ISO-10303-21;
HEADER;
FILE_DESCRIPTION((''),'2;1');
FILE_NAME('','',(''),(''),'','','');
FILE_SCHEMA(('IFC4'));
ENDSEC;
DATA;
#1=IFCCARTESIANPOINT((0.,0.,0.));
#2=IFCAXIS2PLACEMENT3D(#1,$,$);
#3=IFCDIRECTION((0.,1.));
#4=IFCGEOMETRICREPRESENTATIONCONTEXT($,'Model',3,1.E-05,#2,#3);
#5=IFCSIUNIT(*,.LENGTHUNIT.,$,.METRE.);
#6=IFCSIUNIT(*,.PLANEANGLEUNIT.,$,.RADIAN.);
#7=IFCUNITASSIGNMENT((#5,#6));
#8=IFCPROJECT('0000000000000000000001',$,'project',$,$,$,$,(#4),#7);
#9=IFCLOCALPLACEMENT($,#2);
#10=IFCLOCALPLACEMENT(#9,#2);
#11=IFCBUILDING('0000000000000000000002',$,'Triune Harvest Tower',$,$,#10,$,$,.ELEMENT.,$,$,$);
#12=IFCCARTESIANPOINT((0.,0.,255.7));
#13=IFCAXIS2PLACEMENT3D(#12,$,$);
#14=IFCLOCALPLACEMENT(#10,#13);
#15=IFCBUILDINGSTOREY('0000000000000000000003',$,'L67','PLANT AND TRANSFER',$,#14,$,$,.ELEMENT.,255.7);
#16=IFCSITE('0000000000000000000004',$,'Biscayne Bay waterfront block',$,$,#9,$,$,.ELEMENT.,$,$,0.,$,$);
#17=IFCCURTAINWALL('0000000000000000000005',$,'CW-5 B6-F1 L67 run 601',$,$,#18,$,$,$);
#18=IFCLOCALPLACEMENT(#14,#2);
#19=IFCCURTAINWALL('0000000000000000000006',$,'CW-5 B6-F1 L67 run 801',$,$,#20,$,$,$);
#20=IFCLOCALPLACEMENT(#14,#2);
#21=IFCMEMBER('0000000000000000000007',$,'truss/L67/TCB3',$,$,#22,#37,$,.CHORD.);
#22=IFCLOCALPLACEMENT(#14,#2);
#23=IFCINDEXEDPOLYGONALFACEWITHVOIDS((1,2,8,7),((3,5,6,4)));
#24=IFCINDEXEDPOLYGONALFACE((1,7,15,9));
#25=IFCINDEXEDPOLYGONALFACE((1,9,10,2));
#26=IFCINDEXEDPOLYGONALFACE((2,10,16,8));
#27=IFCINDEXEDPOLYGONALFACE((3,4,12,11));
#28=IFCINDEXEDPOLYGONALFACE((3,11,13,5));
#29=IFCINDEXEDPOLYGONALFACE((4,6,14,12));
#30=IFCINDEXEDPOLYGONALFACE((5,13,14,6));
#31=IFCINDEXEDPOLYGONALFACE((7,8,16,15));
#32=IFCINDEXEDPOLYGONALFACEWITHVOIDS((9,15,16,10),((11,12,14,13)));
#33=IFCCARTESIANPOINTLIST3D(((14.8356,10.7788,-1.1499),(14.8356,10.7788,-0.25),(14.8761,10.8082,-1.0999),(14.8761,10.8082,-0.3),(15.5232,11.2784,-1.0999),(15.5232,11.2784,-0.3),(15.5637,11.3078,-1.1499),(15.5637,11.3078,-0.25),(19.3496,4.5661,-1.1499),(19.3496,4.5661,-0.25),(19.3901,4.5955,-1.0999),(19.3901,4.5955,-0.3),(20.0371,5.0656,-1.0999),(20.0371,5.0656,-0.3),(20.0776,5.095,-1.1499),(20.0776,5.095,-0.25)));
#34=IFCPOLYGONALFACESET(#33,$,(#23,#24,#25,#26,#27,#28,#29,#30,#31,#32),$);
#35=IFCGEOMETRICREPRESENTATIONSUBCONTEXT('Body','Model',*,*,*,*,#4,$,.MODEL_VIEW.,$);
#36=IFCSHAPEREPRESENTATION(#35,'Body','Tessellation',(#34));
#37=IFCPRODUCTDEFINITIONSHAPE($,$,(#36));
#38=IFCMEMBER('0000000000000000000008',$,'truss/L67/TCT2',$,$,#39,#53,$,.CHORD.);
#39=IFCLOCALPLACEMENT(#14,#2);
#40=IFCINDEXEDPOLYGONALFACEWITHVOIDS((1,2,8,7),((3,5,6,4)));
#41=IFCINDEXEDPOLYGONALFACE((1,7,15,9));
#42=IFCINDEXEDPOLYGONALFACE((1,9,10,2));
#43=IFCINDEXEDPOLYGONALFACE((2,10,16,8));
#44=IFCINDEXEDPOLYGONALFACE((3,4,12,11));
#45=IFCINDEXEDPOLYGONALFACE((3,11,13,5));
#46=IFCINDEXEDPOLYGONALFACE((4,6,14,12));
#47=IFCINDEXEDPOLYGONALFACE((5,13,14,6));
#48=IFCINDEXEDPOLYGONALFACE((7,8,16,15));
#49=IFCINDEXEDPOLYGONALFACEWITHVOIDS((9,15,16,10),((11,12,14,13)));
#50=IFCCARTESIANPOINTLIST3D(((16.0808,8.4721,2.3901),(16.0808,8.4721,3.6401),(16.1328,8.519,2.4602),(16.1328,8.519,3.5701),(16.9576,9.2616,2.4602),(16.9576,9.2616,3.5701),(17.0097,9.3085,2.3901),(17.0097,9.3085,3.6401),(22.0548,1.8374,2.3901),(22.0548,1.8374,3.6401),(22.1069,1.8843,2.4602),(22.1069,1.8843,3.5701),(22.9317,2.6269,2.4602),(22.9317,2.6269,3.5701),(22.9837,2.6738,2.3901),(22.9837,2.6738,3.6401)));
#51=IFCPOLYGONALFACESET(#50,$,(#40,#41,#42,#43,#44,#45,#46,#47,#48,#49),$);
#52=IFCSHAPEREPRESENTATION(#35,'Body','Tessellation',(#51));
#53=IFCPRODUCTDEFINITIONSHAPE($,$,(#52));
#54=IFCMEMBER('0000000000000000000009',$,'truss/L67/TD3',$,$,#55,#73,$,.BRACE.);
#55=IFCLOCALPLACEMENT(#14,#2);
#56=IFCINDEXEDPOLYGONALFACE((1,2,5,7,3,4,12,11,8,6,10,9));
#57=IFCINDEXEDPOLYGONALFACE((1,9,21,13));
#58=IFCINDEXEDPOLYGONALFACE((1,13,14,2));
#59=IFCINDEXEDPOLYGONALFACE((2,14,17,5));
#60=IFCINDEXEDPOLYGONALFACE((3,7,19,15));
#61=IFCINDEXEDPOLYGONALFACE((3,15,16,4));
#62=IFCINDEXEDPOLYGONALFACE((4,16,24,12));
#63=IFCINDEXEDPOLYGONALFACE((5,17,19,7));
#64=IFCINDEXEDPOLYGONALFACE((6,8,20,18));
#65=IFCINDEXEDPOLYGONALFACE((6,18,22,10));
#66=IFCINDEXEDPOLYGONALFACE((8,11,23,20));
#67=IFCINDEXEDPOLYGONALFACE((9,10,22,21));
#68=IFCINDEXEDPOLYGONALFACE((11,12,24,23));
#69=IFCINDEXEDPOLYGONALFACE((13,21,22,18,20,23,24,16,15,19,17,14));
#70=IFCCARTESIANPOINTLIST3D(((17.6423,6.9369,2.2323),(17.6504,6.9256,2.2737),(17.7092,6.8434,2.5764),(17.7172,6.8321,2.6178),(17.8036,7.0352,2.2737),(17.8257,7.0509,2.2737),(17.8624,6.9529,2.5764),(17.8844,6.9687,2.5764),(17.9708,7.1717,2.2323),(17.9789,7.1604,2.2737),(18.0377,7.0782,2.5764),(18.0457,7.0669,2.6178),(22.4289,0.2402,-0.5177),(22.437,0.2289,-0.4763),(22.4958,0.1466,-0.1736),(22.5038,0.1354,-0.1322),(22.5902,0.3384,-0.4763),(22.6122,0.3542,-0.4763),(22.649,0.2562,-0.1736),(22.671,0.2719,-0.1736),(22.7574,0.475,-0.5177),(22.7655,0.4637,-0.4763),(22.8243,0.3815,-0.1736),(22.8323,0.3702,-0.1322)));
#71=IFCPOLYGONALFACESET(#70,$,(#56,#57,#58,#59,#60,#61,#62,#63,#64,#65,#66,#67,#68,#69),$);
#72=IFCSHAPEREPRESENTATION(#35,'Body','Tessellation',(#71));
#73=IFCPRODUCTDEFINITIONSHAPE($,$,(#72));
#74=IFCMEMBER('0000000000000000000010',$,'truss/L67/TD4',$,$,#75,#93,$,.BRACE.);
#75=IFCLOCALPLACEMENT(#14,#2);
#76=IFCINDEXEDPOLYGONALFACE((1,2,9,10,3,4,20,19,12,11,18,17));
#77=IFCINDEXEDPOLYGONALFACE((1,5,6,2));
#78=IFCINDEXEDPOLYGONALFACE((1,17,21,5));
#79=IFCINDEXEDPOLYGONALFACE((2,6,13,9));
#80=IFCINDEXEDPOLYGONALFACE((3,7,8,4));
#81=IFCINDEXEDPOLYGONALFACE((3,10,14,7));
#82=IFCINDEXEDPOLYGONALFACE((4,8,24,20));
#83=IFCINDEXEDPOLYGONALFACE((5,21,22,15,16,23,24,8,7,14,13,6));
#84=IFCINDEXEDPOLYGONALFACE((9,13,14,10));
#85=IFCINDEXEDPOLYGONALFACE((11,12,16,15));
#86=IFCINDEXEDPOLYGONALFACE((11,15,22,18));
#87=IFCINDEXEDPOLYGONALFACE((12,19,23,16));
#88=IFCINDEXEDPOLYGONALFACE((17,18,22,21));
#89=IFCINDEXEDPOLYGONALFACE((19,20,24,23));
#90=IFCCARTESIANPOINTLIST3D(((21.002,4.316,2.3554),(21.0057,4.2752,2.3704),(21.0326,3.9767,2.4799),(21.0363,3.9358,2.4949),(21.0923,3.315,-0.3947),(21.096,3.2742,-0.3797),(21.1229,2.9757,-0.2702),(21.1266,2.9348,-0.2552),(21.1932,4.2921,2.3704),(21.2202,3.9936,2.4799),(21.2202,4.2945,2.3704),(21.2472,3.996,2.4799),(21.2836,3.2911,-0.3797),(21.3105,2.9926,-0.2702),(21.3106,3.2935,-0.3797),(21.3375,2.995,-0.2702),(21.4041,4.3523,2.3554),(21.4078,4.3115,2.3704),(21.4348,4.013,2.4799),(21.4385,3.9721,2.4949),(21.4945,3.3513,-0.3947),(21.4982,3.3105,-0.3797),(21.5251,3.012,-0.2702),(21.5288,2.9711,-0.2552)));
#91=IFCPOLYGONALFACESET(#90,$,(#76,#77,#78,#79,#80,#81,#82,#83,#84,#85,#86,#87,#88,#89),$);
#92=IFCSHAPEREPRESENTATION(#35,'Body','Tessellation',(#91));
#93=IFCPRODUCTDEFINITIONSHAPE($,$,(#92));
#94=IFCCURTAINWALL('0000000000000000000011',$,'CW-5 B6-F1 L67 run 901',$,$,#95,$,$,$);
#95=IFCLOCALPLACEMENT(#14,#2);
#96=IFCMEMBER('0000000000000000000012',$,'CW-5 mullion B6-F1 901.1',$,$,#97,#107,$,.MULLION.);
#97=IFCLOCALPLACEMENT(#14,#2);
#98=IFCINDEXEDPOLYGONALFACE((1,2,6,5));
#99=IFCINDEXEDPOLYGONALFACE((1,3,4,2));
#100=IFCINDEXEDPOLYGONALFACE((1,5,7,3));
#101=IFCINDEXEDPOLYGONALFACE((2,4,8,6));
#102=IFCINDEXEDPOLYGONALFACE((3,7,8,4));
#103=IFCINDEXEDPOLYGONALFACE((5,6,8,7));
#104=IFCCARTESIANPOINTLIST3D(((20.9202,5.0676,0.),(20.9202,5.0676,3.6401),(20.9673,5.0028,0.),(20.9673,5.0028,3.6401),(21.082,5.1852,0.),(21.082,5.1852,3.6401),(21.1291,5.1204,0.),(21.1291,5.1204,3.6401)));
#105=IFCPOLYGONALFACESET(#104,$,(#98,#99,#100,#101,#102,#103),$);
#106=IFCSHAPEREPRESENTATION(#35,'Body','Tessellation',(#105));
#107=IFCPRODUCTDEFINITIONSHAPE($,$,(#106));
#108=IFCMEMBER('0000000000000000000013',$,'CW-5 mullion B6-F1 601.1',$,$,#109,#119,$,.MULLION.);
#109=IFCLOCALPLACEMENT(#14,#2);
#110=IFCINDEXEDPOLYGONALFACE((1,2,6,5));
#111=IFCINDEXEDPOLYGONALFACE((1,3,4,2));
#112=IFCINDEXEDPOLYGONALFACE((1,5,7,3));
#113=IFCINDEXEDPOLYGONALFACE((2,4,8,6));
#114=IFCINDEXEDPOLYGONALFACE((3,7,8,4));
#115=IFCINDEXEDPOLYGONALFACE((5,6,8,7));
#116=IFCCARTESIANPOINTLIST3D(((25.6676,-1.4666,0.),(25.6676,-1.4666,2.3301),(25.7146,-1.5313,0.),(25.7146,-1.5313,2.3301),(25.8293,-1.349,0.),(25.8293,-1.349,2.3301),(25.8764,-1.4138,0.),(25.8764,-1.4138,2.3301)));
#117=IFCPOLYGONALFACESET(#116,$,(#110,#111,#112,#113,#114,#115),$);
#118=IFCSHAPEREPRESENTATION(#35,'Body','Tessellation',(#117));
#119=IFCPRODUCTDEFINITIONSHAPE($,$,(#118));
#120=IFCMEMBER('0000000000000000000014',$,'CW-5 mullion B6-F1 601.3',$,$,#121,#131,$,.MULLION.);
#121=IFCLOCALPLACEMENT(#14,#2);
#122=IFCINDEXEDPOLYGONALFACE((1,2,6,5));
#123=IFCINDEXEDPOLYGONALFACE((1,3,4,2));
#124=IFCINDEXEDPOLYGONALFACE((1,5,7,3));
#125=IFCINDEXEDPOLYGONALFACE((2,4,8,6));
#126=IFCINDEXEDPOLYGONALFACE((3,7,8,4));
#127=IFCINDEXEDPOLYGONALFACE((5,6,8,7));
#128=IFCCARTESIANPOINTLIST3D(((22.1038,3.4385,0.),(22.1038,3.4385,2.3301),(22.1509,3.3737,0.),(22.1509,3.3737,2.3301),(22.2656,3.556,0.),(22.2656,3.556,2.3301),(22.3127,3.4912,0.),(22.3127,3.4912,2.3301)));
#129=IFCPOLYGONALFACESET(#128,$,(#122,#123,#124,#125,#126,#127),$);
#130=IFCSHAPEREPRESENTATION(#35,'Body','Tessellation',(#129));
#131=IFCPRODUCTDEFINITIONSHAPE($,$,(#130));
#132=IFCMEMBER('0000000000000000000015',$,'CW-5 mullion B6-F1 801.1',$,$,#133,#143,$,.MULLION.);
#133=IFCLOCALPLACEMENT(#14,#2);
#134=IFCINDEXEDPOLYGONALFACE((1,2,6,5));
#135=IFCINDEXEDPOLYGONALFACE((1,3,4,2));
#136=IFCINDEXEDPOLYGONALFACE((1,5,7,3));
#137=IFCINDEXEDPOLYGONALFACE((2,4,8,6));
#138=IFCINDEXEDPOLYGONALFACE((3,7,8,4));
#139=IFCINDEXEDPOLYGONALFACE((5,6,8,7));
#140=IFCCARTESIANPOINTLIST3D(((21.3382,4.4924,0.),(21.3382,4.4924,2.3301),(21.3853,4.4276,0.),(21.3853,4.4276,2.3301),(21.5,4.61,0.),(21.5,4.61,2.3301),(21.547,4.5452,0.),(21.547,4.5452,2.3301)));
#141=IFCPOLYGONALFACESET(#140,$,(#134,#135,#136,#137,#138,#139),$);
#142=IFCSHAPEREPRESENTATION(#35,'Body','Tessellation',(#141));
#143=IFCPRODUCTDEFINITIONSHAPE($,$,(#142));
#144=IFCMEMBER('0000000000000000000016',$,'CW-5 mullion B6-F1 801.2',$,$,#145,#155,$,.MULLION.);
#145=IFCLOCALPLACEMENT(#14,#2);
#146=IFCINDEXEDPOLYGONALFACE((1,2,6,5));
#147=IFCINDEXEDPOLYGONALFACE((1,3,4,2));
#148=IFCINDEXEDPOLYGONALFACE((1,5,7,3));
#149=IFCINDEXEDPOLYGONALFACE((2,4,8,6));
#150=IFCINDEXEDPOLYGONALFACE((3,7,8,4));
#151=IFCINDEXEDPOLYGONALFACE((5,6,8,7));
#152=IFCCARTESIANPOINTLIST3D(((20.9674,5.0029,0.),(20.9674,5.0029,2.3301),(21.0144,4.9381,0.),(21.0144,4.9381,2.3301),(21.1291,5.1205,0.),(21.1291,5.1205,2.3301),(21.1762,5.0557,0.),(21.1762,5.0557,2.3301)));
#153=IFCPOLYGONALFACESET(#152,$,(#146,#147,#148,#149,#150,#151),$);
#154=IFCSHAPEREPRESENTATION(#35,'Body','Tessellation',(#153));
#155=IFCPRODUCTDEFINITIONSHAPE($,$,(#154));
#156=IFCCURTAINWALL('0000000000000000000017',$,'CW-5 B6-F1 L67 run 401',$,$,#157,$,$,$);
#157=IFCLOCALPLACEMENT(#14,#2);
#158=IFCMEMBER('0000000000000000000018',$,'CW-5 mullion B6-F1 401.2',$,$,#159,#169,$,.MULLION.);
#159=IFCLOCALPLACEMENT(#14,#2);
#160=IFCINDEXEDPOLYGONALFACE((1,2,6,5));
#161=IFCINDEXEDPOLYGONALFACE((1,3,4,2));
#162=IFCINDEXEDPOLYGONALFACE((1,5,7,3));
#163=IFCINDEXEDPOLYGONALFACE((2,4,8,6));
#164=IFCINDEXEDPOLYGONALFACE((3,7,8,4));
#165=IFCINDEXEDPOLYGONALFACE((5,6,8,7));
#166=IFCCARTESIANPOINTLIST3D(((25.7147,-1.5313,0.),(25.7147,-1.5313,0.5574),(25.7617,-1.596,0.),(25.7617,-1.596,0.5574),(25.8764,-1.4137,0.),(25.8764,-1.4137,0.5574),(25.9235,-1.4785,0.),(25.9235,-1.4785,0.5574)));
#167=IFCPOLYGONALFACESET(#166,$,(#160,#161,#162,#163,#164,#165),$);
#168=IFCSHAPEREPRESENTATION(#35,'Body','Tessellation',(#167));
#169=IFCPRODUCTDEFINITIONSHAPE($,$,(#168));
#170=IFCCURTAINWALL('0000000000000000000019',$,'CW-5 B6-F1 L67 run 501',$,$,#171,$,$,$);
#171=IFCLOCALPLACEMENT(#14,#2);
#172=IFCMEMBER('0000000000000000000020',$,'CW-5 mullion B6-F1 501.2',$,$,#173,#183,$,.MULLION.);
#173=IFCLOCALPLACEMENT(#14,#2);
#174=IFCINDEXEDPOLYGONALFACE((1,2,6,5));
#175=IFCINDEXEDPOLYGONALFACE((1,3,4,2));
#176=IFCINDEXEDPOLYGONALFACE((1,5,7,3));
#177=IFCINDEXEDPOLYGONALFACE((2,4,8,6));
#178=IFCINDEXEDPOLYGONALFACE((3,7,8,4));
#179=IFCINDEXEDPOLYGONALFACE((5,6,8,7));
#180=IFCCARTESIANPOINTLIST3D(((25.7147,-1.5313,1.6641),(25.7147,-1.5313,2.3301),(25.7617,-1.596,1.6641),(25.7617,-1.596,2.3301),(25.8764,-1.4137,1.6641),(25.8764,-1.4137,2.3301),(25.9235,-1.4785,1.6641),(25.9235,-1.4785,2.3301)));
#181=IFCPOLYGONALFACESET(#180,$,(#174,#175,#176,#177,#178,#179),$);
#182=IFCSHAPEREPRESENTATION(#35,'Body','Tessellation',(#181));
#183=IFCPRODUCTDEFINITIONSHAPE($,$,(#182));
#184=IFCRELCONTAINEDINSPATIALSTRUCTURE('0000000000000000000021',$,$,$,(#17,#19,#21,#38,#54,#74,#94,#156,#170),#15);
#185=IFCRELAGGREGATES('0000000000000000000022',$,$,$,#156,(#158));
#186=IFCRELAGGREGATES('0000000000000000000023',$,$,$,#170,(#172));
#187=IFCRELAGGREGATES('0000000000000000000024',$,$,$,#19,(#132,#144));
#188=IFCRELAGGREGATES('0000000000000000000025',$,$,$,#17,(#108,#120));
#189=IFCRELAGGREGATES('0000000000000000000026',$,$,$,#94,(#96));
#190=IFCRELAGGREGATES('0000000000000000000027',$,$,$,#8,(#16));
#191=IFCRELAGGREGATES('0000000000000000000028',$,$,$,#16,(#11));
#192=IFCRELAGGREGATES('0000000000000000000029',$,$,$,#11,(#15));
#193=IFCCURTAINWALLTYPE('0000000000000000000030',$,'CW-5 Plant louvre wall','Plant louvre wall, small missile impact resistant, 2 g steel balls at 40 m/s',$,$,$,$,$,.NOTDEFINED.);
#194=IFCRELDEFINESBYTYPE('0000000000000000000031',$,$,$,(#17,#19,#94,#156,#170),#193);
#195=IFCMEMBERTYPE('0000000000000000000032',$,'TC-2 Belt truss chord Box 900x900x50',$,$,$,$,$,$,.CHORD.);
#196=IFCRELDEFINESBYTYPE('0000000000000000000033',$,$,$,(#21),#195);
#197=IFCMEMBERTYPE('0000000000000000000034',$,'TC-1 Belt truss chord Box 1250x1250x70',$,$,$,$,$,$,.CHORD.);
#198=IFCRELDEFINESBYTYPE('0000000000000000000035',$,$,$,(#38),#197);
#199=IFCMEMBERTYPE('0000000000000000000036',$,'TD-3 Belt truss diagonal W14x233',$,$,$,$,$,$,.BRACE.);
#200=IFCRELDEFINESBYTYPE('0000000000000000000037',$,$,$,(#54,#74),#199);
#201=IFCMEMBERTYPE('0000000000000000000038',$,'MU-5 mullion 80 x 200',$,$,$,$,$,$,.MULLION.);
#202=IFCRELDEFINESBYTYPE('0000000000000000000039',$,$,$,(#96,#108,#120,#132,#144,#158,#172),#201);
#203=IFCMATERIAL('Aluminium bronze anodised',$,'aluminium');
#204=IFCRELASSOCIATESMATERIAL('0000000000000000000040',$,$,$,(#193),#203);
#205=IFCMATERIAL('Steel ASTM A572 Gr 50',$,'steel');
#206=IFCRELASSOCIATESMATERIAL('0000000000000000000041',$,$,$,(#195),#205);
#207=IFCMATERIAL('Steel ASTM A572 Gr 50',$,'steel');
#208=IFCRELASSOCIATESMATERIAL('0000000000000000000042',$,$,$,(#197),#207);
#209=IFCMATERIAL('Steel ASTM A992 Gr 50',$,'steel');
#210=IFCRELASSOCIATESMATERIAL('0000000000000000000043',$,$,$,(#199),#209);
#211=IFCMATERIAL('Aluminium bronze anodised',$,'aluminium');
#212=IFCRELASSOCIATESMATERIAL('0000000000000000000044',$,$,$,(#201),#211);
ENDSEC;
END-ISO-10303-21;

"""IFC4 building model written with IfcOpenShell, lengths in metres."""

from ifc_helpers import new_model, si_unit, direction, frame, origin, origin_2d, place, context, subcontext, project, spatial, rectangle, hollow_rectangle, i_section, extrude, source, transform, mapped, material, material_profile, profile_set, type_object, element, aggregate, save


model = new_model("IFC4")

# Units and contexts
model_context = context("Model", 3, precision=1e-05, world=origin(), true_north=direction((0.0, 1.0)))
body_context = subcontext(model_context, "Body", "Model", "MODEL_VIEW")
ifc_project = project(units=[si_unit("LENGTHUNIT", "METRE"), si_unit("PLANEANGLEUNIT", "RADIAN")], contexts=[model_context])

# Site, building, storey
site_placement = place(None, origin())
site = spatial("IfcSite", under=ifc_project, at=site_placement, Name="Biscayne Bay waterfront block", CompositionType="ELEMENT", RefElevation=0.0)
building_placement = place(site_placement, origin())
building = spatial("IfcBuilding", under=site, at=building_placement, Name="Triune Harvest Tower", CompositionType="ELEMENT")
storey_placement = place(building_placement, frame((0.0, 0.0, 255.7)))
storey = spatial("IfcBuildingStorey", under=building, at=storey_placement, Name="L67", Description="PLANT AND TRANSFER", CompositionType="ELEMENT", Elevation=255.7)

# Curtain walls
ifc_material_1 = material(Name="Aluminium bronze anodised", Category="aluminium")
curtain_wall_type = type_object("IfcCurtainWallType", Name="CW-5 Plant louvre wall", Description="Plant louvre wall, small missile impact resistant, 2 g steel balls at 40 m/s", PredefinedType="NOTDEFINED", material=ifc_material_1)
curtain_wall_1_placement = place(storey_placement, origin())
curtain_wall_1 = element("IfcCurtainWall", 1, at=curtain_wall_1_placement, inside=storey, type_object=curtain_wall_type, Name="CW-5 B6-F1 L67 run 601")
curtain_wall_2_placement = place(storey_placement, origin())
curtain_wall_2 = element("IfcCurtainWall", 2, at=curtain_wall_2_placement, inside=storey, type_object=curtain_wall_type, Name="CW-5 B6-F1 L67 run 801")

# Members
ifc_material_2 = material(Name="Steel ASTM A572 Gr 50", Category="steel")
ifc_material_profile_1 = material_profile(ifc_material_2, hollow_rectangle(XDim=0.8999, YDim=0.8999, WallThickness=0.05, at=origin_2d()), Name="Box 900x900x50")
ifc_profile_set_1 = profile_set([ifc_material_profile_1], Name="Steel ASTM A572 Gr 50")
member_type_1 = type_object("IfcMemberType", Name="TC-2 Belt truss chord Box 900x900x50", PredefinedType="CHORD", material=ifc_profile_set_1)
shared_shape_1 = source(origin(), body_context, "Body", "SweptSolid", [
    extrude(hollow_rectangle(XDim=0.8999, YDim=0.8999, WallThickness=0.05, at=origin_2d()), origin(), (0.0, 0.0, 1.0), 7.6794),
])
for number, where, z_axis, x_axis, name in (
    (3, (19.7136, 4.8306, -0.7), (-0.587799, 0.809007, 0.0), (-0.809007, -0.587799, 0.0), "truss/L67/TCB3"),
):
    element("IfcMember", number, at=place(storey_placement, frame(where, z_axis=z_axis, x_axis=x_axis)), inside=storey, type_object=member_type_1, Name=name, PredefinedType="CHORD", context=body_context, shape_type="MappedRepresentation", body=[
        mapped(shared_shape_1, transform((0.0, 0.0, 0.0), scale=1.0)),
    ])
ifc_material_3 = material(Name="Steel ASTM A572 Gr 50", Category="steel")
ifc_material_profile_2 = material_profile(ifc_material_3, hollow_rectangle(XDim=1.25, YDim=1.25, WallThickness=0.0701, at=origin_2d()), Name="Box 1250x1250x70")
ifc_profile_set_2 = profile_set([ifc_material_profile_2], Name="Steel ASTM A572 Gr 50")
member_type_2 = type_object("IfcMemberType", Name="TC-1 Belt truss chord Box 1250x1250x70", PredefinedType="CHORD", material=ifc_profile_set_2)
shared_shape_2 = source(origin(), body_context, "Body", "SweptSolid", [
    extrude(hollow_rectangle(XDim=1.25, YDim=1.25, WallThickness=0.0701, at=origin_2d()), origin(), (0.0, 0.0, 1.0), 8.928),
])
member_1_placement = place(storey_placement, frame((22.5193, 2.2556, 3.0151), z_axis=(-0.66914, 0.743136, 0.0), x_axis=(-0.743136, -0.66914, 0.0)))
element("IfcMember", 4, at=member_1_placement, inside=storey, type_object=member_type_2, Name="truss/L67/TCT2", PredefinedType="CHORD", context=body_context, shape_type="MappedRepresentation", body=[
    mapped(shared_shape_2, transform((0.0, 0.0, 0.0), scale=1.0)),
])
ifc_material_4 = material(Name="Steel ASTM A992 Gr 50", Category="steel")
ifc_material_profile_3 = material_profile(ifc_material_4, i_section(OverallWidth=0.4038, OverallDepth=0.4065, WebThickness=0.0271, FlangeThickness=0.0437, at=origin_2d()), Name="W14x233")
ifc_profile_set_3 = profile_set([ifc_material_profile_3], Name="Steel ASTM A992 Gr 50")
member_type_3 = type_object("IfcMemberType", Name="TD-3 Belt truss diagonal W14x233", PredefinedType="BRACE", material=ifc_profile_set_3)
shared_shape_3 = source(origin(), body_context, "Body", "SweptSolid", [
    extrude(i_section(OverallWidth=0.4038, OverallDepth=0.4065, WebThickness=0.0271, FlangeThickness=0.0437, at=origin_2d()), origin(), (0.0, 0.0, 1.0), 8.6787),
])
member_2_placement = place(storey_placement, frame((22.6306, 0.3052, -0.325), z_axis=(-0.551532, 0.771627, 0.316865), x_axis=(-0.813549, -0.581496, 0.0)))
element("IfcMember", 5, at=member_2_placement, inside=storey, type_object=member_type_3, Name="truss/L67/TD3", PredefinedType="BRACE", context=body_context, shape_type="MappedRepresentation", body=[
    mapped(shared_shape_3, transform((0.0, 0.0, 0.0), scale=1.0)),
])
shared_shape_4 = source(origin(), body_context, "Body", "SweptSolid", [
    extrude(i_section(OverallWidth=0.4038, OverallDepth=0.4065, WebThickness=0.0271, FlangeThickness=0.0437, at=origin_2d()), origin(), (0.0, 0.0, 1.0), 2.928),
])
member_3_placement = place(storey_placement, frame((21.3105, 3.1431, -0.325), z_axis=(-0.030852, 0.341875, 0.939239), x_axis=(-0.995953, -0.089879, 0.0)))
element("IfcMember", 6, at=member_3_placement, inside=storey, type_object=member_type_3, Name="truss/L67/TD4", PredefinedType="BRACE", context=body_context, shape_type="MappedRepresentation", body=[
    mapped(shared_shape_4, transform((0.0, 0.0, 0.0), scale=1.0)),
])

# Curtain wall, member
curtain_wall_3_placement = place(storey_placement, origin())
curtain_wall_3 = element("IfcCurtainWall", 7, at=curtain_wall_3_placement, inside=storey, type_object=curtain_wall_type, Name="CW-5 B6-F1 L67 run 901")
ifc_material_5 = material(Name="Aluminium bronze anodised", Category="aluminium")
ifc_material_profile_4 = material_profile(ifc_material_5, rectangle(XDim=0.2, YDim=0.0801, at=origin_2d()), Name="MU-5 mullion 80 x 200")
ifc_profile_set_4 = profile_set([ifc_material_profile_4], Name="Aluminium bronze anodised")
member_type_4 = type_object("IfcMemberType", Name="MU-5 mullion 80 x 200", PredefinedType="MULLION", material=ifc_profile_set_4)
shared_shape_5 = source(origin(), body_context, "Body", "SweptSolid", [
    extrude(rectangle(XDim=0.2, YDim=0.0801, at=origin_2d()), origin(), (0.0, 0.0, 1.0), 3.6401),
])
member_4_placement = place(storey_placement, frame((21.0247, 5.094, 0.0), z_axis=(0.0, 0.0, 1.0), x_axis=(-0.809016, -0.587786, 0.0)))
member_4 = element("IfcMember", 8, at=member_4_placement, type_object=member_type_4, Name="CW-5 mullion B6-F1 901.1", PredefinedType="MULLION", context=body_context, shape_type="MappedRepresentation", body=[
    mapped(shared_shape_5, transform((0.0, 0.0, 0.0), scale=1.0)),
])

# Members
shared_shape_6 = source(origin(), body_context, "Body", "SweptSolid", [
    extrude(rectangle(XDim=0.2, YDim=0.0801, at=origin_2d()), origin(), (0.0, 0.0, 1.0), 2.3301),
])
member_5_placement = place(storey_placement, frame((25.772, -1.4402, 0.0), z_axis=(0.0, 0.0, 1.0), x_axis=(-0.809015, -0.587788, 0.0)))
member_5 = element("IfcMember", 9, at=member_5_placement, type_object=member_type_4, Name="CW-5 mullion B6-F1 601.1", PredefinedType="MULLION", context=body_context, shape_type="MappedRepresentation", body=[
    mapped(shared_shape_6, transform((0.0, 0.0, 0.0), scale=1.0)),
])
member_6_placement = place(storey_placement, frame((22.2083, 3.4648, 0.0), z_axis=(0.0, 0.0, 1.0), x_axis=(-0.809015, -0.587788, 0.0)))
member_6 = element("IfcMember", 10, at=member_6_placement, type_object=member_type_4, Name="CW-5 mullion B6-F1 601.3", PredefinedType="MULLION", context=body_context, shape_type="MappedRepresentation", body=[
    mapped(shared_shape_6, transform((0.0, 0.0, 0.0), scale=1.0)),
])
member_7_placement = place(storey_placement, frame((21.4426, 4.5188, 0.0), z_axis=(0.0, 0.0, 1.0), x_axis=(-0.809022, -0.587779, 0.0)))
member_7 = element("IfcMember", 11, at=member_7_placement, type_object=member_type_4, Name="CW-5 mullion B6-F1 801.1", PredefinedType="MULLION", context=body_context, shape_type="MappedRepresentation", body=[
    mapped(shared_shape_6, transform((0.0, 0.0, 0.0), scale=1.0)),
])
member_8_placement = place(storey_placement, frame((21.0718, 5.0293, 0.0), z_axis=(0.0, 0.0, 1.0), x_axis=(-0.809022, -0.587779, 0.0)))
member_8 = element("IfcMember", 12, at=member_8_placement, type_object=member_type_4, Name="CW-5 mullion B6-F1 801.2", PredefinedType="MULLION", context=body_context, shape_type="MappedRepresentation", body=[
    mapped(shared_shape_6, transform((0.0, 0.0, 0.0), scale=1.0)),
])

# Curtain walls, members
curtain_wall_4_placement = place(storey_placement, origin())
curtain_wall_4 = element("IfcCurtainWall", 13, at=curtain_wall_4_placement, inside=storey, type_object=curtain_wall_type, Name="CW-5 B6-F1 L67 run 401")
shared_shape_7 = source(origin(), body_context, "Body", "SweptSolid", [
    extrude(rectangle(XDim=0.2, YDim=0.0801, at=origin_2d()), origin(), (0.0, 0.0, 1.0), 0.5574),
])
member_9_placement = place(storey_placement, frame((25.8191, -1.5049, 0.0), z_axis=(0.0, 0.0, 1.0), x_axis=(-0.808993, -0.587819, 0.0)))
member_9 = element("IfcMember", 14, at=member_9_placement, type_object=member_type_4, Name="CW-5 mullion B6-F1 401.2", PredefinedType="MULLION", context=body_context, shape_type="MappedRepresentation", body=[
    mapped(shared_shape_7, transform((0.0, 0.0, 0.0), scale=1.0)),
])
aggregate(curtain_wall_4, [member_9])
curtain_wall_5_placement = place(storey_placement, origin())
curtain_wall_5 = element("IfcCurtainWall", 15, at=curtain_wall_5_placement, inside=storey, type_object=curtain_wall_type, Name="CW-5 B6-F1 L67 run 501")
shared_shape_8 = source(origin(), body_context, "Body", "SweptSolid", [
    extrude(rectangle(XDim=0.2, YDim=0.0801, at=origin_2d()), origin(), (0.0, 0.0, 1.0), 0.666),
])
member_10_placement = place(storey_placement, frame((25.8191, -1.5049, 1.6641), z_axis=(0.0, 0.0, 1.0), x_axis=(-0.808993, -0.587819, 0.0)))
member_10 = element("IfcMember", 16, at=member_10_placement, type_object=member_type_4, Name="CW-5 mullion B6-F1 501.2", PredefinedType="MULLION", context=body_context, shape_type="MappedRepresentation", body=[
    mapped(shared_shape_8, transform((0.0, 0.0, 0.0), scale=1.0)),
])
aggregate(curtain_wall_5, [member_10])

aggregate(curtain_wall_2, [member_7, member_8])
aggregate(curtain_wall_1, [member_5, member_6])
aggregate(curtain_wall_3, [member_4])

save(model, "model.ifc")
